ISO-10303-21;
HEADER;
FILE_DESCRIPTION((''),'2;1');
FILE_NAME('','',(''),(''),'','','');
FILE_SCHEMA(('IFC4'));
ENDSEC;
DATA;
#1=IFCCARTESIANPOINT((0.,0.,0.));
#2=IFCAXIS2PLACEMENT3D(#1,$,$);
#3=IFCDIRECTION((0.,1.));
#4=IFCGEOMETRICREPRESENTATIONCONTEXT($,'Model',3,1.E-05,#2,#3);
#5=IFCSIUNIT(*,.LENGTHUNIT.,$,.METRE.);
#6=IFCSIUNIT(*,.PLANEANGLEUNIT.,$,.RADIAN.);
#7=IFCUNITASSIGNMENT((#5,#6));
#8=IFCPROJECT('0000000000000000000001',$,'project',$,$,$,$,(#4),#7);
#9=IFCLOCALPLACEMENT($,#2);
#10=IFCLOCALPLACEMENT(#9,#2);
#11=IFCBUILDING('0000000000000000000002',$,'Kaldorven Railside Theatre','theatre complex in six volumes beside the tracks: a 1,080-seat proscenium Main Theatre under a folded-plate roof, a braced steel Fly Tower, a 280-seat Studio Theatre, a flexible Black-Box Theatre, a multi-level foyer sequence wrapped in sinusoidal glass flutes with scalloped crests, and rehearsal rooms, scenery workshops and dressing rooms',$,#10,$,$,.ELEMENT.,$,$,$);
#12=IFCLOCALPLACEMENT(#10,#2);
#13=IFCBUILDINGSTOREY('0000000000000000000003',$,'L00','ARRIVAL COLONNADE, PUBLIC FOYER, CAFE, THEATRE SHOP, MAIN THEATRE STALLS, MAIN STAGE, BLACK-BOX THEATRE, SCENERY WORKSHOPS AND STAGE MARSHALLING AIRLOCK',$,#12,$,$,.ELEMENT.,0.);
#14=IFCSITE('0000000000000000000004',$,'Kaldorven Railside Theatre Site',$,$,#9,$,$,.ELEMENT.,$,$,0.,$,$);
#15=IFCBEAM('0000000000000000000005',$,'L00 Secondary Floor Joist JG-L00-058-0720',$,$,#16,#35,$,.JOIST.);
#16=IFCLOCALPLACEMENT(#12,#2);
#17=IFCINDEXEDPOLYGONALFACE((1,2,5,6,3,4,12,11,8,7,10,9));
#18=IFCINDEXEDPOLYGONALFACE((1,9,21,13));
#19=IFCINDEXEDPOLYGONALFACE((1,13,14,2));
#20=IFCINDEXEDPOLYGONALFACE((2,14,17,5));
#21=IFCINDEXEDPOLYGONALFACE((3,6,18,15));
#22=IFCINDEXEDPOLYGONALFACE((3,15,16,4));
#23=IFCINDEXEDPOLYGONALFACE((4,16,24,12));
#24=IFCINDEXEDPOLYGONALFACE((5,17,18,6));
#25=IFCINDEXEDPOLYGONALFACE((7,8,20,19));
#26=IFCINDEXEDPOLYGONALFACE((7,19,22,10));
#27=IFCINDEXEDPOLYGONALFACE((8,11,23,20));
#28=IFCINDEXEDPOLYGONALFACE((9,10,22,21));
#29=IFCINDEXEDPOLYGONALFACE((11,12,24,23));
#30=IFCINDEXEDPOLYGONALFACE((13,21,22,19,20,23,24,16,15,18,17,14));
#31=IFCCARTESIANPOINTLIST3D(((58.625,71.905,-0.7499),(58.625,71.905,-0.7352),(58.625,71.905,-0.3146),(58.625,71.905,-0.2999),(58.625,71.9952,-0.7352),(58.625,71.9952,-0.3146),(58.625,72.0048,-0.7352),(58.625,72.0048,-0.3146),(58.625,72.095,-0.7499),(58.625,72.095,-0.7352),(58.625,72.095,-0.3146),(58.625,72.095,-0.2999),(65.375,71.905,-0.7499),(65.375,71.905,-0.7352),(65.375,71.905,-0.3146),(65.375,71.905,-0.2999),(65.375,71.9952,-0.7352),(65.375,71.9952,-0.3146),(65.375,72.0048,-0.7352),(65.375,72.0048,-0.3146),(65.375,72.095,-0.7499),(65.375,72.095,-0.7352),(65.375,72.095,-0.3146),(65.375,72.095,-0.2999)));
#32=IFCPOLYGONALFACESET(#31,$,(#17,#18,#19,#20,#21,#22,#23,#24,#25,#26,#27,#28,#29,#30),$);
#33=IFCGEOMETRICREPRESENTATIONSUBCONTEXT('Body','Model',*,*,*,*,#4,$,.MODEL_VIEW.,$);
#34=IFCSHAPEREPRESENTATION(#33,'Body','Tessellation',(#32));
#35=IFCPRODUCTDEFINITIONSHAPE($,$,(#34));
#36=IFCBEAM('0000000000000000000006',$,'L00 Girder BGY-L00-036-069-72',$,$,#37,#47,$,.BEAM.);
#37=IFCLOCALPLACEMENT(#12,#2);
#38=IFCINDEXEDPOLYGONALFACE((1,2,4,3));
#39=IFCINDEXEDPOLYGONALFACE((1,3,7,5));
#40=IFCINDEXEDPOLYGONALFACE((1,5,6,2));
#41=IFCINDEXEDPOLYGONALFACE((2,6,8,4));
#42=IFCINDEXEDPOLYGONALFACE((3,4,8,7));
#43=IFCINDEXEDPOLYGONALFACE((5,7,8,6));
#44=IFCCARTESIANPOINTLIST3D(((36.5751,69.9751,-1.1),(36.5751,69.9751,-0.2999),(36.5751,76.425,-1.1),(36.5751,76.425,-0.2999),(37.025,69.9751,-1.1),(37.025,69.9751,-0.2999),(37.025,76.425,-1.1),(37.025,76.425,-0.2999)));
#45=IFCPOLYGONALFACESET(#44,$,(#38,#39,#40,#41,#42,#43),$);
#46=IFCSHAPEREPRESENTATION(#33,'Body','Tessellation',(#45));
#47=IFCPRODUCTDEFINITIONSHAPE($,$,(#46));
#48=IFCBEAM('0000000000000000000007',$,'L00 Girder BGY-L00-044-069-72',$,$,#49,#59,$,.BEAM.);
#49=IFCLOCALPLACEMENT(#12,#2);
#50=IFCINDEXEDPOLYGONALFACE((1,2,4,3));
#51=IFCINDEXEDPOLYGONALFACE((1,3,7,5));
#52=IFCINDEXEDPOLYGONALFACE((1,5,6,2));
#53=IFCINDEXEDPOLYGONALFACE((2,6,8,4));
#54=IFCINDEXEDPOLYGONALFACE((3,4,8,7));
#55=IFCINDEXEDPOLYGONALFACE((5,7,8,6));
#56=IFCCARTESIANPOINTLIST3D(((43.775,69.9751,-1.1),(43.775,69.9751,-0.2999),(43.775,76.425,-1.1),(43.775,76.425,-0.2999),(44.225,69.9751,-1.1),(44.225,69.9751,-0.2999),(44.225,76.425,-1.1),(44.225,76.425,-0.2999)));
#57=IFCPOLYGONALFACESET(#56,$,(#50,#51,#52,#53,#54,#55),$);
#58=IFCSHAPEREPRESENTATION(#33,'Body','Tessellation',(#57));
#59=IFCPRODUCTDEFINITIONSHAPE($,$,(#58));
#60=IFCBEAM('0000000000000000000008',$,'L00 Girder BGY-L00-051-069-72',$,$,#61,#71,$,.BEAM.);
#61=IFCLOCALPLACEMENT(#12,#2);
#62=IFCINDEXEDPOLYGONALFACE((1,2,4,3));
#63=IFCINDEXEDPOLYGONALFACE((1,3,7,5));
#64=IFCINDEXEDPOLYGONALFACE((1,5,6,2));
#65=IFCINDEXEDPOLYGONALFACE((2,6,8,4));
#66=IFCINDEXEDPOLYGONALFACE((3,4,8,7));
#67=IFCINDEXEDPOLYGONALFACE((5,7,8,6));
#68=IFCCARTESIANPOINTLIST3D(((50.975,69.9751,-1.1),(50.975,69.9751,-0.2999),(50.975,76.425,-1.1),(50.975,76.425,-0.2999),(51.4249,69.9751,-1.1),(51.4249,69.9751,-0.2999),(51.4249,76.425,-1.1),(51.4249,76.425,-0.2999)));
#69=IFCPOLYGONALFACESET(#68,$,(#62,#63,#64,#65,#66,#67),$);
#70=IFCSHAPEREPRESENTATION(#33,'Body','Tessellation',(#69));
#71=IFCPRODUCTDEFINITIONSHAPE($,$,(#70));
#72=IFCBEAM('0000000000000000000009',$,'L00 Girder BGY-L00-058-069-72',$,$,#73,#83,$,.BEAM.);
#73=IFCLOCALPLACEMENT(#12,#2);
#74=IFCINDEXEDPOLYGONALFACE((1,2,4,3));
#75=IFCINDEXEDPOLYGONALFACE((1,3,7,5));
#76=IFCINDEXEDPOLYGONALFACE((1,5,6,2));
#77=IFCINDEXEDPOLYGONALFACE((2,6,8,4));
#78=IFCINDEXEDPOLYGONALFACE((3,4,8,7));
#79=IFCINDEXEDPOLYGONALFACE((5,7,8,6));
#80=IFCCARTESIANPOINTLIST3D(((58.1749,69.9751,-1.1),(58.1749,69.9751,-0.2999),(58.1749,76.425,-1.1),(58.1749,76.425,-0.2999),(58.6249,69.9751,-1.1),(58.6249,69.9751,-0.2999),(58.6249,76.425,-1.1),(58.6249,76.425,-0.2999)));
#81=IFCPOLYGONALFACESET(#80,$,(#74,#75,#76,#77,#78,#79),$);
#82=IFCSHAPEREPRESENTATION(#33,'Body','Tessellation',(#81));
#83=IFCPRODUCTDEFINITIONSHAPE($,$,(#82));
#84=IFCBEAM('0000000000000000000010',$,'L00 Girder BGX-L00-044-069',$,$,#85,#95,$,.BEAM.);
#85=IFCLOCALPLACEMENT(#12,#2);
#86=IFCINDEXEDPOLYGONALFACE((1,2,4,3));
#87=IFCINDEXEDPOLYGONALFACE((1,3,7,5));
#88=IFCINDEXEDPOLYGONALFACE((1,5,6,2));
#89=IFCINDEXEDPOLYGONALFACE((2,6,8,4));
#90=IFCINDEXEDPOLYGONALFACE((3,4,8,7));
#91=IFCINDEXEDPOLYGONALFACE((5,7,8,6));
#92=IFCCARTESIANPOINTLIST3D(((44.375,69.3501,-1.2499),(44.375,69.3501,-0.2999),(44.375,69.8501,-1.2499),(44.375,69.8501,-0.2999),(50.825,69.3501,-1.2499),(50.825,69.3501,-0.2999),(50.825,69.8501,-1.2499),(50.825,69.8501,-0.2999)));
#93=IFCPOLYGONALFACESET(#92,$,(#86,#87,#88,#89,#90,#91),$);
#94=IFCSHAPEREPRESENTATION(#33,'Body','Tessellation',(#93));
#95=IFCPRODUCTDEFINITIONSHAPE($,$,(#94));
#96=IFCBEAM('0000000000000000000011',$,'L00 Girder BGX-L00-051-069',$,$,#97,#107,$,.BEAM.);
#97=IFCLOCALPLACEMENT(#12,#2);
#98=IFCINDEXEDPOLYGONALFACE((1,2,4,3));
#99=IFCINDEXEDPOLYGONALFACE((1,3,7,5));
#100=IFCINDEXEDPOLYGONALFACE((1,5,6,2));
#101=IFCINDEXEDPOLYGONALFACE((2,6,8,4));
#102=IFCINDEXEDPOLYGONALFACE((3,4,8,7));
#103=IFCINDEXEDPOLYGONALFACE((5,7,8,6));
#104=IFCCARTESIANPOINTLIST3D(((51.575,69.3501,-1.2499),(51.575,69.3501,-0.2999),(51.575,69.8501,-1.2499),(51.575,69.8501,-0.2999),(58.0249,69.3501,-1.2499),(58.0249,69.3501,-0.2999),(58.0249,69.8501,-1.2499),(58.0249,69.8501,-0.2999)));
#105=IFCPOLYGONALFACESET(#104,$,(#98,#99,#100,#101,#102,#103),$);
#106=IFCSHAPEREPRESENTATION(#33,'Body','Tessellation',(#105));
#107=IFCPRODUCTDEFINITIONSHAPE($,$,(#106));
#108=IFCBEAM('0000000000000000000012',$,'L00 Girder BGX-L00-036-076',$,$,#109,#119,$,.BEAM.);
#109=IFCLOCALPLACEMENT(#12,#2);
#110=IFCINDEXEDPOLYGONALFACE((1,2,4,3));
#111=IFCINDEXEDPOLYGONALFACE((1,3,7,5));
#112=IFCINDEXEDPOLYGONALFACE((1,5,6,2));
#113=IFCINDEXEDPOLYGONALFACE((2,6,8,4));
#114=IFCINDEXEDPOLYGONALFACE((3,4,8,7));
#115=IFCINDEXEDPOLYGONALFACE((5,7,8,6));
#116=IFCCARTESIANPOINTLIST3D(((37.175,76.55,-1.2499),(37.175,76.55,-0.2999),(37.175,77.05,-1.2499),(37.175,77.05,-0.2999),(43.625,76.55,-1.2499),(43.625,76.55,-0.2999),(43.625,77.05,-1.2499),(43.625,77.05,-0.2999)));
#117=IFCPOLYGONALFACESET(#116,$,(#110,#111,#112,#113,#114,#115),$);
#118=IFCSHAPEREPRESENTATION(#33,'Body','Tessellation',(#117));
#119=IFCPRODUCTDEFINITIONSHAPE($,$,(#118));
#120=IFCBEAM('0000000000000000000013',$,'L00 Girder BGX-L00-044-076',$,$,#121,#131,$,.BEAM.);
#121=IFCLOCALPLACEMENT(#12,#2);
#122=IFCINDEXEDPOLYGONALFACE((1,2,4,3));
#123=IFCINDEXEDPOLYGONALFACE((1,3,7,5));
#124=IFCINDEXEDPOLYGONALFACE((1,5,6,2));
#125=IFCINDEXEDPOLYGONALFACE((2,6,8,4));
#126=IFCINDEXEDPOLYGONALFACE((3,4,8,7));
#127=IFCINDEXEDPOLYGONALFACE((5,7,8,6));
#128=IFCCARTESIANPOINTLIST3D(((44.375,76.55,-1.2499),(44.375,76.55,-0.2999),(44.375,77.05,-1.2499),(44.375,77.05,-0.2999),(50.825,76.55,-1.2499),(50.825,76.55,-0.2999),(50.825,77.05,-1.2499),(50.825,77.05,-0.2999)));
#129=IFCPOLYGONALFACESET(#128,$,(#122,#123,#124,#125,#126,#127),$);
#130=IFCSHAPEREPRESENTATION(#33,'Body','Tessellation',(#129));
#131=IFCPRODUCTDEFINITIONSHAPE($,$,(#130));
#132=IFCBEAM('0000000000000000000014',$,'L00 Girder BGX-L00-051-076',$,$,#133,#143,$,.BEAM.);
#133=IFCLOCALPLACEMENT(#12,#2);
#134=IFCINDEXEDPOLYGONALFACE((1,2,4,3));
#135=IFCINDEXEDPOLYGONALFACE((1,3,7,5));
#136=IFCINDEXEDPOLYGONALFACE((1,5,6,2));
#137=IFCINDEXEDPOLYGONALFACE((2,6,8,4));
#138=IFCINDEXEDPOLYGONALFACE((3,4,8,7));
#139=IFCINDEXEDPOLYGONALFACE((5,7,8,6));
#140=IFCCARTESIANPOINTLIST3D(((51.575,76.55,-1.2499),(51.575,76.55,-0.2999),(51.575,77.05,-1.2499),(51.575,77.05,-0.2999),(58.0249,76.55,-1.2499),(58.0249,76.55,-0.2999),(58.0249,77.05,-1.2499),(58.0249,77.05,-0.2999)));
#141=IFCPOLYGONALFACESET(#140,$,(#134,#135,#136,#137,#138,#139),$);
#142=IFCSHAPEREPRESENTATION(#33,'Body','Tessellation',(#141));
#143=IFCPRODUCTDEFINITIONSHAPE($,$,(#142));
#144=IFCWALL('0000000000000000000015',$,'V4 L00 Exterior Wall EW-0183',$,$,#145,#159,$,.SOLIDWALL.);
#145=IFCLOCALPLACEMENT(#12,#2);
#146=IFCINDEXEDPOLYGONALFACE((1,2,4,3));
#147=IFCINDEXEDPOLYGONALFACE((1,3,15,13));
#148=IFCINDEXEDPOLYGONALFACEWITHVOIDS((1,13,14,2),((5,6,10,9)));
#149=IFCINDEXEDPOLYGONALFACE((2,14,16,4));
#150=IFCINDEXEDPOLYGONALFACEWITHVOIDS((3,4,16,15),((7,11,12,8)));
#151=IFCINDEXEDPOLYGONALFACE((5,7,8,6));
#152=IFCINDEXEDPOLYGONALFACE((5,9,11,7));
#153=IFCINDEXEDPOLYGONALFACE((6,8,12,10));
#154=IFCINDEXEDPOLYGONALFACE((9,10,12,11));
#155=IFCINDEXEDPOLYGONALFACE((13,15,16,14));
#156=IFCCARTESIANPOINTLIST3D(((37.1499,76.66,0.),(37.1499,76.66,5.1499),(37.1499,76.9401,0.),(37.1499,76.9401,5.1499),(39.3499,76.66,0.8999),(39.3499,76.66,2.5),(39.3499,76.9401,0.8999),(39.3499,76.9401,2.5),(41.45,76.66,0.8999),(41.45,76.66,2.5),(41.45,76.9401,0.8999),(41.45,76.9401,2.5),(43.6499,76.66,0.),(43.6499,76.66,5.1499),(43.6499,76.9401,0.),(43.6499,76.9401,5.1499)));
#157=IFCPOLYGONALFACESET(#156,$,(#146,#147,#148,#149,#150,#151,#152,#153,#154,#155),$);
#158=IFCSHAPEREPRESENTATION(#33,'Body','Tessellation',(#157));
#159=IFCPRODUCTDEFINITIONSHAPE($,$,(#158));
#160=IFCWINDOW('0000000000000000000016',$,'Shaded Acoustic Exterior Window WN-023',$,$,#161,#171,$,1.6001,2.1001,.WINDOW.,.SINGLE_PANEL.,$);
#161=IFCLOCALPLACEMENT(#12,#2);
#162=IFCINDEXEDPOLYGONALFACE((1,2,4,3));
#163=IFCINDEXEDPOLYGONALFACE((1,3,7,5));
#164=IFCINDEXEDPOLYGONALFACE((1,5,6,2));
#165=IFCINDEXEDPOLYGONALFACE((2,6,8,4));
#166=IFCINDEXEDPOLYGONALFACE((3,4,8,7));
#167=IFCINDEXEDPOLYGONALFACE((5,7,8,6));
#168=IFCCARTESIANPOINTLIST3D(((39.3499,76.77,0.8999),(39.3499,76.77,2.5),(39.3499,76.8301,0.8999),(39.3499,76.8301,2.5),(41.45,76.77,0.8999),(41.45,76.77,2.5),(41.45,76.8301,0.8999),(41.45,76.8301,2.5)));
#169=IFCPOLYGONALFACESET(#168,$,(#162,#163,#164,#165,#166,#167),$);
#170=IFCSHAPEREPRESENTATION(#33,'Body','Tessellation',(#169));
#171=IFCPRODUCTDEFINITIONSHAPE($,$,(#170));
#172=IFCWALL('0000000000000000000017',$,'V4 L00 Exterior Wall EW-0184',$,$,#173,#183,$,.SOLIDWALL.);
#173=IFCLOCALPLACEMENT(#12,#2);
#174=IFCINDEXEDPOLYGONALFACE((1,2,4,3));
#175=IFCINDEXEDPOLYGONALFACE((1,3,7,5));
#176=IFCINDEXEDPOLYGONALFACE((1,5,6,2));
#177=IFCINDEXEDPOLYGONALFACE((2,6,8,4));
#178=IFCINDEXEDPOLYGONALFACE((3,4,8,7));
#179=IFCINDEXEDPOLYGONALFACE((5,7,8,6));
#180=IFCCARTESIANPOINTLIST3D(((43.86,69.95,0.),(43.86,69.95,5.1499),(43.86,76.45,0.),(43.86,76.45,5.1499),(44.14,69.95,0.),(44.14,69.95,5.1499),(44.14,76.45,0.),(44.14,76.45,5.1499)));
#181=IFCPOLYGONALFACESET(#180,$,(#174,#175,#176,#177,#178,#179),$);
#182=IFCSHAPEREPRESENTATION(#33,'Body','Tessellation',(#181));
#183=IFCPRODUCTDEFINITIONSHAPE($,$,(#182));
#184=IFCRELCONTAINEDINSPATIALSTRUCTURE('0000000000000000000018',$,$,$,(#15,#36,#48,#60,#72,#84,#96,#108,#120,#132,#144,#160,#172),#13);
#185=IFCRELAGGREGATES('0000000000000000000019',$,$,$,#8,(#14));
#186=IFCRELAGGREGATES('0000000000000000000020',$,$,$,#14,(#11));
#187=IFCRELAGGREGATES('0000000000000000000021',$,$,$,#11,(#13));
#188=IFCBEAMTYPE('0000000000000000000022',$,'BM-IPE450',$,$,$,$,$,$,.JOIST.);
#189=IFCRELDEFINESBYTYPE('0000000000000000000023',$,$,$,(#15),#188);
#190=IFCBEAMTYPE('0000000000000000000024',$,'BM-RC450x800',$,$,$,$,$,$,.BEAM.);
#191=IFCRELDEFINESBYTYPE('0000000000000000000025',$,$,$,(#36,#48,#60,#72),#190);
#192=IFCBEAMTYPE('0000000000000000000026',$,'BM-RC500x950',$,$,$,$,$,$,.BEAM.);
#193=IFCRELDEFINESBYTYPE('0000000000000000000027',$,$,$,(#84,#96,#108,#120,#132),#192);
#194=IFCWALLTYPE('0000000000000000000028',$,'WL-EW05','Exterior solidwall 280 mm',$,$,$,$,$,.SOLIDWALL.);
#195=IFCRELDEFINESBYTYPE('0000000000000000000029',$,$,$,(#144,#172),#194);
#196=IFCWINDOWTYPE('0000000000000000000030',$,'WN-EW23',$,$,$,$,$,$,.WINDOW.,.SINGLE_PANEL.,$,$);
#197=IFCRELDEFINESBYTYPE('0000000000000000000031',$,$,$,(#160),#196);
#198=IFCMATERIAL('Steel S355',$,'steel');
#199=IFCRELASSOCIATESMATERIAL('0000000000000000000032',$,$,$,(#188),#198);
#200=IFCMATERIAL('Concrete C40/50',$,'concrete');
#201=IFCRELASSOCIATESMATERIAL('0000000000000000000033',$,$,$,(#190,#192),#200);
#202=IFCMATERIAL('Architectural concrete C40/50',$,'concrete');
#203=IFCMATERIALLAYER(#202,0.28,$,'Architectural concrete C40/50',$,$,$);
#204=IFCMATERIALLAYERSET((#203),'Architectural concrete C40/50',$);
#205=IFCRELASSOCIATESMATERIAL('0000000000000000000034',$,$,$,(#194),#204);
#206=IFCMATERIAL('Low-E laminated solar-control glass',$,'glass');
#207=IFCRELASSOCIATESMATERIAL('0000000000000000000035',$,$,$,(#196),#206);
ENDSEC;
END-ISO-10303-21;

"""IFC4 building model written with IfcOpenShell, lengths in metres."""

from ifc_helpers import new_model, si_unit, direction, frame, frame_2d, origin, origin_2d, place, context, subcontext, project, spatial, rectangle, i_section, extrude, material, layer, layer_set, material_profile, profile_set, type_object, element, fill, save


model = new_model("IFC4")

# Units and contexts
model_context = context("Model", 3, precision=1e-05, world=origin(), true_north=direction((0.0, 1.0)))
body_context = subcontext(model_context, "Body", "Model", "MODEL_VIEW")
ifc_project = project(units=[si_unit("LENGTHUNIT", "METRE"), si_unit("PLANEANGLEUNIT", "RADIAN")], contexts=[model_context])

# Site, building, storey
site_placement = place(None, origin())
site = spatial("IfcSite", under=ifc_project, at=site_placement, Name="Kaldorven Railside Theatre Site", CompositionType="ELEMENT", RefElevation=0.0)
building_placement = place(site_placement, origin())
building = spatial("IfcBuilding", under=site, at=building_placement, Name="Kaldorven Railside Theatre", Description="theatre complex in six volumes beside the tracks: a 1,080-seat proscenium Main Theatre under a folded-plate roof, a braced steel Fly Tower, a 280-seat Studio Theatre, a flexible Black-Box Theatre, a multi-level foyer sequence wrapped in sinusoidal glass flutes with scalloped crests, and rehearsal rooms, scenery workshops and dressing rooms", CompositionType="ELEMENT")
storey_placement = place(building_placement, origin())
storey = spatial("IfcBuildingStorey", under=building, at=storey_placement, Name="L00", Description="ARRIVAL COLONNADE, PUBLIC FOYER, CAFE, THEATRE SHOP, MAIN THEATRE STALLS, MAIN STAGE, BLACK-BOX THEATRE, SCENERY WORKSHOPS AND STAGE MARSHALLING AIRLOCK", CompositionType="ELEMENT", Elevation=0.0)

# Shared definitions
ifc_material_1 = material(Name="Concrete C40/50", Category="concrete")

# Beams
ifc_material_2 = material(Name="Steel S355", Category="steel")
ifc_material_profile_1 = material_profile(ifc_material_2, i_section(OverallWidth=0.1899, OverallDepth=0.45, WebThickness=0.0095, FlangeThickness=0.0146, at=origin_2d()), Name="IPE 450")
ifc_profile_set_1 = profile_set([ifc_material_profile_1], Name="Steel S355")
beam_type_1 = type_object("IfcBeamType", Name="BM-IPE450", PredefinedType="JOIST", material=ifc_profile_set_1)
for number, where, z_axis, x_axis, name in (
    (1, (58.625, 72.0, -0.5249), (1.0, 0.0, 0.0), (0.0, 1.0, 0.0), "L00 Secondary Floor Joist JG-L00-058-0720"),
):
    element("IfcBeam", number, at=place(storey_placement, frame(where, z_axis=z_axis, x_axis=x_axis)), inside=storey, type_object=beam_type_1, Name=name, PredefinedType="JOIST", context=body_context, shape_type="SweptSolid", body=[
        extrude(i_section(OverallWidth=0.1899, OverallDepth=0.45, WebThickness=0.0095, FlangeThickness=0.0146, at=origin_2d()), origin(), (0.0, 0.0, 1.0), 6.75),
    ])
ifc_material_profile_2 = material_profile(ifc_material_1, rectangle(XDim=0.45, YDim=0.8, at=origin_2d()), Name="RC 450x800")
ifc_profile_set_2 = profile_set([ifc_material_profile_2], Name="Concrete C40/50")
beam_type_2 = type_object("IfcBeamType", Name="BM-RC450x800", PredefinedType="BEAM", material=ifc_profile_set_2)
for number, where, z_axis, x_axis, name in (
    (2, (36.8, 69.9751, -0.7), (0.0, 1.0, 0.0), (-1.0, 0.0, 0.0), "L00 Girder BGY-L00-036-069-72"),
    (3, (44.0, 69.9751, -0.7), (0.0, 1.0, 0.0), (-1.0, 0.0, 0.0), "L00 Girder BGY-L00-044-069-72"),
    (4, (51.2, 69.9751, -0.7), (0.0, 1.0, 0.0), (-1.0, 0.0, 0.0), "L00 Girder BGY-L00-051-069-72"),
    (5, (58.3999, 69.9751, -0.7), (0.0, 1.0, 0.0), (-1.0, 0.0, 0.0), "L00 Girder BGY-L00-058-069-72"),
):
    element("IfcBeam", number, at=place(storey_placement, frame(where, z_axis=z_axis, x_axis=x_axis)), inside=storey, type_object=beam_type_2, Name=name, PredefinedType="BEAM", context=body_context, shape_type="SweptSolid", body=[
        extrude(rectangle(XDim=0.45, YDim=0.8, at=origin_2d()), origin(), (0.0, 0.0, 1.0), 6.45),
    ])
ifc_material_profile_3 = material_profile(ifc_material_1, rectangle(XDim=0.5, YDim=0.95, at=origin_2d()), Name="RC 500x950")
ifc_profile_set_3 = profile_set([ifc_material_profile_3], Name="Concrete C40/50")
beam_type_3 = type_object("IfcBeamType", Name="BM-RC500x950", PredefinedType="BEAM", material=ifc_profile_set_3)
for number, where, z_axis, x_axis, name in (
    (6, (44.375, 69.6001, -0.7749), (1.0, 0.0, 0.0), (0.0, 1.0, 0.0), "L00 Girder BGX-L00-044-069"),
    (7, (51.575, 69.6001, -0.7749), (1.0, 0.0, 0.0), (0.0, 1.0, 0.0), "L00 Girder BGX-L00-051-069"),
    (8, (37.175, 76.8, -0.7749), (1.0, 0.0, 0.0), (0.0, 1.0, 0.0), "L00 Girder BGX-L00-036-076"),
    (9, (44.375, 76.8, -0.7749), (1.0, 0.0, 0.0), (0.0, 1.0, 0.0), "L00 Girder BGX-L00-044-076"),
    (10, (51.575, 76.8, -0.7749), (1.0, 0.0, 0.0), (0.0, 1.0, 0.0), "L00 Girder BGX-L00-051-076"),
):
    element("IfcBeam", number, at=place(storey_placement, frame(where, z_axis=z_axis, x_axis=x_axis)), inside=storey, type_object=beam_type_3, Name=name, PredefinedType="BEAM", context=body_context, shape_type="SweptSolid", body=[
        extrude(rectangle(XDim=0.5, YDim=0.95, at=origin_2d()), origin(), (0.0, 0.0, 1.0), 6.45),
    ])

# Wall, opening, window
ifc_material_3 = material(Name="Architectural concrete C40/50", Category="concrete")
ifc_layer_1 = layer(ifc_material_3, 0.28, Name="Architectural concrete C40/50")
ifc_layer_set_1 = layer_set([ifc_layer_1], Name="Architectural concrete C40/50")
wall_type_1 = type_object("IfcWallType", Name="WL-EW05", Description="Exterior solidwall 280 mm", PredefinedType="SOLIDWALL", material=ifc_layer_set_1)
wall_1_placement = place(storey_placement, frame((37.1499, 76.8, 0.0), z_axis=(0.0, 0.0, 1.0), x_axis=(1.0, 0.0, 0.0)))
wall_1 = element("IfcWall", 11, at=wall_1_placement, inside=storey, type_object=wall_type_1, Name="V4 L00 Exterior Wall EW-0183", PredefinedType="SOLIDWALL", context=body_context, shape_type="SweptSolid", body=[
    extrude(rectangle(XDim=6.5, YDim=0.28, at=frame_2d((3.25, 0.0))), origin(), (0.0, 0.0, 1.0), 5.1499),
])
opening_1_placement = place(wall_1_placement, frame((2.2, 0.0, 0.8999)))
opening_1 = element("IfcOpeningElement", 12, at=opening_1_placement, cuts=wall_1, PredefinedType="OPENING", context=body_context, shape_type="SweptSolid", body=[
    extrude(rectangle(XDim=2.1001, YDim=1.6001, at=frame_2d((1.05, 0.8))), frame((0.0, 0.1499, 0.0), z_axis=(0.0, -1.0, 0.0), x_axis=(1.0, 0.0, 0.0)), (0.0, 0.0, 1.0), 0.3),
])
ifc_material_4 = material(Name="Low-E laminated solar-control glass", Category="glass")
window_type = type_object("IfcWindowType", Name="WN-EW23", PartitioningType="SINGLE_PANEL", PredefinedType="WINDOW", material=ifc_material_4)
window_placement = place(opening_1_placement, origin())
window = element("IfcWindow", 13, at=window_placement, inside=storey, type_object=window_type, Name="Shaded Acoustic Exterior Window WN-023", OverallHeight=1.6001, OverallWidth=2.1001, PartitioningType="SINGLE_PANEL", PredefinedType="WINDOW", context=body_context, shape_type="SweptSolid", body=[
    extrude(rectangle(XDim=2.1001, YDim=1.6001, at=frame_2d((1.05, 0.8))), frame((0.0, 0.03, 0.0), z_axis=(0.0, -1.0, 0.0), x_axis=(1.0, 0.0, 0.0)), (0.0, 0.0, 1.0), 0.0601),
])
fill(opening_1, window)

# Wall
wall_2_placement = place(storey_placement, frame((44.0, 76.45, 0.0), z_axis=(0.0, 0.0, 1.0), x_axis=(0.0, -1.0, 0.0)))
element("IfcWall", 14, at=wall_2_placement, inside=storey, type_object=wall_type_1, Name="V4 L00 Exterior Wall EW-0184", PredefinedType="SOLIDWALL", context=body_context, shape_type="SweptSolid", body=[
    extrude(rectangle(XDim=6.5, YDim=0.28, at=frame_2d((3.25, 0.0))), origin(), (0.0, 0.0, 1.0), 5.1499),
])

save(model, "model.ifc")
